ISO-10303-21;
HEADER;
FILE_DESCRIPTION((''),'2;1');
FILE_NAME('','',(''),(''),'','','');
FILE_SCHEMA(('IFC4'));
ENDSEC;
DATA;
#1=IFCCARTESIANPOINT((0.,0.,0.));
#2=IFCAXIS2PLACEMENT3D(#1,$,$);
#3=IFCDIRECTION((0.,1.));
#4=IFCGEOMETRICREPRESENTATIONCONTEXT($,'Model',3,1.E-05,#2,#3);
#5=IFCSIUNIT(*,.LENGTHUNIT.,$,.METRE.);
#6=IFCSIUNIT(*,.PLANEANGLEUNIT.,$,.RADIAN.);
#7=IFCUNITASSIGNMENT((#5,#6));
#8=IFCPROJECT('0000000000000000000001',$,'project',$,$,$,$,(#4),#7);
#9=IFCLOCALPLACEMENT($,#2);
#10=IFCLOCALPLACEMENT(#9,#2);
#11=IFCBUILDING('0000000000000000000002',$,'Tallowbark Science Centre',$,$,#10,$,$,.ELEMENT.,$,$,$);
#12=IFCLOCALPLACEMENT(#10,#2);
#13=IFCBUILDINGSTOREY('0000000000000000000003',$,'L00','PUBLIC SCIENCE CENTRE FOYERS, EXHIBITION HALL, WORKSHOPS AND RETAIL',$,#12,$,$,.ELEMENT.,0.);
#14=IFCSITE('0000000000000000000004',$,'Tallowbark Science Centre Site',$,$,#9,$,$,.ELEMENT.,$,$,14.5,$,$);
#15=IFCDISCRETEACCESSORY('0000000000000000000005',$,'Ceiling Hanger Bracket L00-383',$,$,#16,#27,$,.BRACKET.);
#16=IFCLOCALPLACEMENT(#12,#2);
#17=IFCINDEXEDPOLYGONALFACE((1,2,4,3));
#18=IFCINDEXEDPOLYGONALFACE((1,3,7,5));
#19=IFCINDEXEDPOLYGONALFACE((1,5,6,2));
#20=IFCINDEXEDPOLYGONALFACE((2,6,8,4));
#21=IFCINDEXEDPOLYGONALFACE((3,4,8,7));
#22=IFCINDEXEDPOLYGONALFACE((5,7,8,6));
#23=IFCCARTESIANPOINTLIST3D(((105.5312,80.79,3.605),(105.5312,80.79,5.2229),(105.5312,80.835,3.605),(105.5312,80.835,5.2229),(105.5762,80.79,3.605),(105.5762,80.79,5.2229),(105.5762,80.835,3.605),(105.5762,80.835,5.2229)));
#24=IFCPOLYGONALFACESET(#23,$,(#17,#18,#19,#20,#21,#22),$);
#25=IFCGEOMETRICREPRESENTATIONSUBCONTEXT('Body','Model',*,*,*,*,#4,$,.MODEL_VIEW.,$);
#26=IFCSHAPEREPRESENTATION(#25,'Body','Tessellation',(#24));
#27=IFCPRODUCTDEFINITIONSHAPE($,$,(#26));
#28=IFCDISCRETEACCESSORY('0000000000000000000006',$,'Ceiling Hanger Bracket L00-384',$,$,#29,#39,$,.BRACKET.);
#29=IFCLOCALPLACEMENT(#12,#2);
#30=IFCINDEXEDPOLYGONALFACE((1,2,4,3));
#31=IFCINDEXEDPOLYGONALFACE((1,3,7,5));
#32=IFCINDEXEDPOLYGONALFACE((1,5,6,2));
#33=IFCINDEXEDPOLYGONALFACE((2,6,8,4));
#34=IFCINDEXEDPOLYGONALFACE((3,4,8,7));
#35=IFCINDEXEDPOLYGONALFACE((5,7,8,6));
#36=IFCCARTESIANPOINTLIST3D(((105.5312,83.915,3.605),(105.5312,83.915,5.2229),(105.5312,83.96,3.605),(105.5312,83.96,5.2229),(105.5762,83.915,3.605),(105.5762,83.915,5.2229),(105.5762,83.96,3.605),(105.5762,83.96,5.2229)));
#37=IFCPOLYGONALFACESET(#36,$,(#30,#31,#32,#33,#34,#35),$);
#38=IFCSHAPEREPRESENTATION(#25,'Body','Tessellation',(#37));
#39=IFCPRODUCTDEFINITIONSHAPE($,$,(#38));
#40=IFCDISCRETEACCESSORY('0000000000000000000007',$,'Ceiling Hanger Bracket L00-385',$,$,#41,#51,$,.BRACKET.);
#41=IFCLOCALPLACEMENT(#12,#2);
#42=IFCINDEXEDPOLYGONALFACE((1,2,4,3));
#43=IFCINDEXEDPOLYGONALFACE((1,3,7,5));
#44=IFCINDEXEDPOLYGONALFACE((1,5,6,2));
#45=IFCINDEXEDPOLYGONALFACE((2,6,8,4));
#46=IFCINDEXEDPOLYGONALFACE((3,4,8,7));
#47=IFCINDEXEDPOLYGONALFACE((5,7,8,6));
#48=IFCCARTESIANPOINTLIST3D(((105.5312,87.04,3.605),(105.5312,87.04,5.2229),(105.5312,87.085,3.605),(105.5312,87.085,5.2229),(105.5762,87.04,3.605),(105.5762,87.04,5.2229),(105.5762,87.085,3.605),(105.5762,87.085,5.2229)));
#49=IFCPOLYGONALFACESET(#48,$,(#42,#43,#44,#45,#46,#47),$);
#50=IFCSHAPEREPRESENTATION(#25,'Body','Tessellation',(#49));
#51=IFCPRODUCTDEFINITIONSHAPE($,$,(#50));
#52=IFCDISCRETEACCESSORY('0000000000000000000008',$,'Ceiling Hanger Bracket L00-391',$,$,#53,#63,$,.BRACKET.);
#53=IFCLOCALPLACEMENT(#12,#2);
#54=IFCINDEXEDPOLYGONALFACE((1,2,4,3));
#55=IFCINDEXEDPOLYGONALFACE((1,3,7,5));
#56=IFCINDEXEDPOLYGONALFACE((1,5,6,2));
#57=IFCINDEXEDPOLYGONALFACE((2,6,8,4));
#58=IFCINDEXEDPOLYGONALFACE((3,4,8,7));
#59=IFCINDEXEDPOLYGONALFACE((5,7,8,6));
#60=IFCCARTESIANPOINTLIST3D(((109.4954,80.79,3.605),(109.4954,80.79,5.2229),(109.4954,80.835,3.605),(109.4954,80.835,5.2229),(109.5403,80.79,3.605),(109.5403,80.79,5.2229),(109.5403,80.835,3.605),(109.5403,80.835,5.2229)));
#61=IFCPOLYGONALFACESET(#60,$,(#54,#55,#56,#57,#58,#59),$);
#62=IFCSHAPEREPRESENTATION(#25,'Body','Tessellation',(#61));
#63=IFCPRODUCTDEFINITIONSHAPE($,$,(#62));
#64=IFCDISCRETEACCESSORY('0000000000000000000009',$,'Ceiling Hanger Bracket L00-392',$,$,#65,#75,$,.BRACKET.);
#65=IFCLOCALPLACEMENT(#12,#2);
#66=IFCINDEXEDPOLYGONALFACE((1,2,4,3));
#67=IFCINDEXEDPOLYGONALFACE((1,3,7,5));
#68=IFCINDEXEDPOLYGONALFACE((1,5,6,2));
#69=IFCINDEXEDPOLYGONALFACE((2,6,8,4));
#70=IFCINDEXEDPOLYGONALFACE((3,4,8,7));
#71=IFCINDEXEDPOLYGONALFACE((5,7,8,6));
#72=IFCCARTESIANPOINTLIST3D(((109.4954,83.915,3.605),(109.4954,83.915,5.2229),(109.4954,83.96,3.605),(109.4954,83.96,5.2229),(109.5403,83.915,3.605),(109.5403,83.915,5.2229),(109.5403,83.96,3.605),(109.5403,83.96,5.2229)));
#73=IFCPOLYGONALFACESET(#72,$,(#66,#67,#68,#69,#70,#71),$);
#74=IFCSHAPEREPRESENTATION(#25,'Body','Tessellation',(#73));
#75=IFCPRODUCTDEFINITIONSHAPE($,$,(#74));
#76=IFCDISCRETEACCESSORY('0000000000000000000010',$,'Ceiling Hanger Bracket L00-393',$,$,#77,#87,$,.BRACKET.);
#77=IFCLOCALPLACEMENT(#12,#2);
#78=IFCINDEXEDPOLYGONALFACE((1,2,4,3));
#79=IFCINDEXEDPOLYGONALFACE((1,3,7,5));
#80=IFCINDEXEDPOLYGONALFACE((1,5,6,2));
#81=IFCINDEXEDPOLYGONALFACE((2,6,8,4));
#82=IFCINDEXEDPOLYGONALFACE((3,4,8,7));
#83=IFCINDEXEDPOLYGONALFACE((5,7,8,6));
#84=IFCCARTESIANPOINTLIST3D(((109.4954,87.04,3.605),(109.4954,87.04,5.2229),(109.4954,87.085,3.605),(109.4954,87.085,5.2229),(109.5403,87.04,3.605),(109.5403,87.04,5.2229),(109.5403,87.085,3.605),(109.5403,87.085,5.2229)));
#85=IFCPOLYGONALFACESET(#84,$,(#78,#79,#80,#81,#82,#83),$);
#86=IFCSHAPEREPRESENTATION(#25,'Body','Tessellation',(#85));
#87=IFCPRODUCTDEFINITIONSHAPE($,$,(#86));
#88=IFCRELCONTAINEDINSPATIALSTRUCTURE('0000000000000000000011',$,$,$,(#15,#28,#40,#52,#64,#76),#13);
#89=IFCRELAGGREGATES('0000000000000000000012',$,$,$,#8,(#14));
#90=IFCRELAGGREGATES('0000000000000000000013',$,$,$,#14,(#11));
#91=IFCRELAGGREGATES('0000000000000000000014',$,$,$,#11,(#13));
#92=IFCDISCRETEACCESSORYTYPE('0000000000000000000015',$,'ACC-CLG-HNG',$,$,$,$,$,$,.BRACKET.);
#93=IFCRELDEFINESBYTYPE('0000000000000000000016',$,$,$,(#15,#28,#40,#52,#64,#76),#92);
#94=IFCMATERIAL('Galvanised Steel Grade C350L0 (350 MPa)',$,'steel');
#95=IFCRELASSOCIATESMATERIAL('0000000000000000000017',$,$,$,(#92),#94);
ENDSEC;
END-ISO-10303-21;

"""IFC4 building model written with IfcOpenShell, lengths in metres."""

from ifc_helpers import new_model, si_unit, direction, frame, origin, origin_2d, place, context, subcontext, project, spatial, rectangle, extrude, material, type_object, element, save


model = new_model("IFC4")

# Units and contexts
model_context = context("Model", 3, precision=1e-05, world=origin(), true_north=direction((0.0, 1.0)))
body_context = subcontext(model_context, "Body", "Model", "MODEL_VIEW")
ifc_project = project(units=[si_unit("LENGTHUNIT", "METRE"), si_unit("PLANEANGLEUNIT", "RADIAN")], contexts=[model_context])

# Site, building, storey
site_placement = place(None, origin())
site = spatial("IfcSite", under=ifc_project, at=site_placement, Name="Tallowbark Science Centre Site", CompositionType="ELEMENT", RefElevation=14.5)
building_placement = place(site_placement, origin())
building = spatial("IfcBuilding", under=site, at=building_placement, Name="Tallowbark Science Centre", CompositionType="ELEMENT")
storey_placement = place(building_placement, origin())
storey = spatial("IfcBuildingStorey", under=building, at=storey_placement, Name="L00", Description="PUBLIC SCIENCE CENTRE FOYERS, EXHIBITION HALL, WORKSHOPS AND RETAIL", CompositionType="ELEMENT", Elevation=0.0)

# Discrete accessories
ifc_material_1 = material(Name="Galvanised Steel Grade C350L0 (350 MPa)", Category="steel")
discrete_accessory_type = type_object("IfcDiscreteAccessoryType", Name="ACC-CLG-HNG", PredefinedType="BRACKET", material=ifc_material_1)
for number, where, z_axis, x_axis, name in (
    (1, (105.5537, 80.8125, 3.605), (0.0, 0.0, 1.0), (1.0, 0.0, 0.0), "Ceiling Hanger Bracket L00-383"),
    (2, (105.5537, 83.9375, 3.605), (0.0, 0.0, 1.0), (1.0, 0.0, 0.0), "Ceiling Hanger Bracket L00-384"),
    (3, (105.5537, 87.0625, 3.605), (0.0, 0.0, 1.0), (1.0, 0.0, 0.0), "Ceiling Hanger Bracket L00-385"),
    (4, (109.5178, 80.8125, 3.605), (0.0, 0.0, 1.0), (1.0, 0.0, 0.0), "Ceiling Hanger Bracket L00-391"),
    (5, (109.5178, 83.9375, 3.605), (0.0, 0.0, 1.0), (1.0, 0.0, 0.0), "Ceiling Hanger Bracket L00-392"),
    (6, (109.5178, 87.0625, 3.605), (0.0, 0.0, 1.0), (1.0, 0.0, 0.0), "Ceiling Hanger Bracket L00-393"),
):
    element("IfcDiscreteAccessory", number, at=place(storey_placement, frame(where, z_axis=z_axis, x_axis=x_axis)), inside=storey, type_object=discrete_accessory_type, Name=name, PredefinedType="BRACKET", context=body_context, shape_type="SweptSolid", body=[
        extrude(rectangle(XDim=0.0449, YDim=0.0449, at=origin_2d()), origin(), (0.0, 0.0, 1.0), 1.6179),
    ])

save(model, "model.ifc")
